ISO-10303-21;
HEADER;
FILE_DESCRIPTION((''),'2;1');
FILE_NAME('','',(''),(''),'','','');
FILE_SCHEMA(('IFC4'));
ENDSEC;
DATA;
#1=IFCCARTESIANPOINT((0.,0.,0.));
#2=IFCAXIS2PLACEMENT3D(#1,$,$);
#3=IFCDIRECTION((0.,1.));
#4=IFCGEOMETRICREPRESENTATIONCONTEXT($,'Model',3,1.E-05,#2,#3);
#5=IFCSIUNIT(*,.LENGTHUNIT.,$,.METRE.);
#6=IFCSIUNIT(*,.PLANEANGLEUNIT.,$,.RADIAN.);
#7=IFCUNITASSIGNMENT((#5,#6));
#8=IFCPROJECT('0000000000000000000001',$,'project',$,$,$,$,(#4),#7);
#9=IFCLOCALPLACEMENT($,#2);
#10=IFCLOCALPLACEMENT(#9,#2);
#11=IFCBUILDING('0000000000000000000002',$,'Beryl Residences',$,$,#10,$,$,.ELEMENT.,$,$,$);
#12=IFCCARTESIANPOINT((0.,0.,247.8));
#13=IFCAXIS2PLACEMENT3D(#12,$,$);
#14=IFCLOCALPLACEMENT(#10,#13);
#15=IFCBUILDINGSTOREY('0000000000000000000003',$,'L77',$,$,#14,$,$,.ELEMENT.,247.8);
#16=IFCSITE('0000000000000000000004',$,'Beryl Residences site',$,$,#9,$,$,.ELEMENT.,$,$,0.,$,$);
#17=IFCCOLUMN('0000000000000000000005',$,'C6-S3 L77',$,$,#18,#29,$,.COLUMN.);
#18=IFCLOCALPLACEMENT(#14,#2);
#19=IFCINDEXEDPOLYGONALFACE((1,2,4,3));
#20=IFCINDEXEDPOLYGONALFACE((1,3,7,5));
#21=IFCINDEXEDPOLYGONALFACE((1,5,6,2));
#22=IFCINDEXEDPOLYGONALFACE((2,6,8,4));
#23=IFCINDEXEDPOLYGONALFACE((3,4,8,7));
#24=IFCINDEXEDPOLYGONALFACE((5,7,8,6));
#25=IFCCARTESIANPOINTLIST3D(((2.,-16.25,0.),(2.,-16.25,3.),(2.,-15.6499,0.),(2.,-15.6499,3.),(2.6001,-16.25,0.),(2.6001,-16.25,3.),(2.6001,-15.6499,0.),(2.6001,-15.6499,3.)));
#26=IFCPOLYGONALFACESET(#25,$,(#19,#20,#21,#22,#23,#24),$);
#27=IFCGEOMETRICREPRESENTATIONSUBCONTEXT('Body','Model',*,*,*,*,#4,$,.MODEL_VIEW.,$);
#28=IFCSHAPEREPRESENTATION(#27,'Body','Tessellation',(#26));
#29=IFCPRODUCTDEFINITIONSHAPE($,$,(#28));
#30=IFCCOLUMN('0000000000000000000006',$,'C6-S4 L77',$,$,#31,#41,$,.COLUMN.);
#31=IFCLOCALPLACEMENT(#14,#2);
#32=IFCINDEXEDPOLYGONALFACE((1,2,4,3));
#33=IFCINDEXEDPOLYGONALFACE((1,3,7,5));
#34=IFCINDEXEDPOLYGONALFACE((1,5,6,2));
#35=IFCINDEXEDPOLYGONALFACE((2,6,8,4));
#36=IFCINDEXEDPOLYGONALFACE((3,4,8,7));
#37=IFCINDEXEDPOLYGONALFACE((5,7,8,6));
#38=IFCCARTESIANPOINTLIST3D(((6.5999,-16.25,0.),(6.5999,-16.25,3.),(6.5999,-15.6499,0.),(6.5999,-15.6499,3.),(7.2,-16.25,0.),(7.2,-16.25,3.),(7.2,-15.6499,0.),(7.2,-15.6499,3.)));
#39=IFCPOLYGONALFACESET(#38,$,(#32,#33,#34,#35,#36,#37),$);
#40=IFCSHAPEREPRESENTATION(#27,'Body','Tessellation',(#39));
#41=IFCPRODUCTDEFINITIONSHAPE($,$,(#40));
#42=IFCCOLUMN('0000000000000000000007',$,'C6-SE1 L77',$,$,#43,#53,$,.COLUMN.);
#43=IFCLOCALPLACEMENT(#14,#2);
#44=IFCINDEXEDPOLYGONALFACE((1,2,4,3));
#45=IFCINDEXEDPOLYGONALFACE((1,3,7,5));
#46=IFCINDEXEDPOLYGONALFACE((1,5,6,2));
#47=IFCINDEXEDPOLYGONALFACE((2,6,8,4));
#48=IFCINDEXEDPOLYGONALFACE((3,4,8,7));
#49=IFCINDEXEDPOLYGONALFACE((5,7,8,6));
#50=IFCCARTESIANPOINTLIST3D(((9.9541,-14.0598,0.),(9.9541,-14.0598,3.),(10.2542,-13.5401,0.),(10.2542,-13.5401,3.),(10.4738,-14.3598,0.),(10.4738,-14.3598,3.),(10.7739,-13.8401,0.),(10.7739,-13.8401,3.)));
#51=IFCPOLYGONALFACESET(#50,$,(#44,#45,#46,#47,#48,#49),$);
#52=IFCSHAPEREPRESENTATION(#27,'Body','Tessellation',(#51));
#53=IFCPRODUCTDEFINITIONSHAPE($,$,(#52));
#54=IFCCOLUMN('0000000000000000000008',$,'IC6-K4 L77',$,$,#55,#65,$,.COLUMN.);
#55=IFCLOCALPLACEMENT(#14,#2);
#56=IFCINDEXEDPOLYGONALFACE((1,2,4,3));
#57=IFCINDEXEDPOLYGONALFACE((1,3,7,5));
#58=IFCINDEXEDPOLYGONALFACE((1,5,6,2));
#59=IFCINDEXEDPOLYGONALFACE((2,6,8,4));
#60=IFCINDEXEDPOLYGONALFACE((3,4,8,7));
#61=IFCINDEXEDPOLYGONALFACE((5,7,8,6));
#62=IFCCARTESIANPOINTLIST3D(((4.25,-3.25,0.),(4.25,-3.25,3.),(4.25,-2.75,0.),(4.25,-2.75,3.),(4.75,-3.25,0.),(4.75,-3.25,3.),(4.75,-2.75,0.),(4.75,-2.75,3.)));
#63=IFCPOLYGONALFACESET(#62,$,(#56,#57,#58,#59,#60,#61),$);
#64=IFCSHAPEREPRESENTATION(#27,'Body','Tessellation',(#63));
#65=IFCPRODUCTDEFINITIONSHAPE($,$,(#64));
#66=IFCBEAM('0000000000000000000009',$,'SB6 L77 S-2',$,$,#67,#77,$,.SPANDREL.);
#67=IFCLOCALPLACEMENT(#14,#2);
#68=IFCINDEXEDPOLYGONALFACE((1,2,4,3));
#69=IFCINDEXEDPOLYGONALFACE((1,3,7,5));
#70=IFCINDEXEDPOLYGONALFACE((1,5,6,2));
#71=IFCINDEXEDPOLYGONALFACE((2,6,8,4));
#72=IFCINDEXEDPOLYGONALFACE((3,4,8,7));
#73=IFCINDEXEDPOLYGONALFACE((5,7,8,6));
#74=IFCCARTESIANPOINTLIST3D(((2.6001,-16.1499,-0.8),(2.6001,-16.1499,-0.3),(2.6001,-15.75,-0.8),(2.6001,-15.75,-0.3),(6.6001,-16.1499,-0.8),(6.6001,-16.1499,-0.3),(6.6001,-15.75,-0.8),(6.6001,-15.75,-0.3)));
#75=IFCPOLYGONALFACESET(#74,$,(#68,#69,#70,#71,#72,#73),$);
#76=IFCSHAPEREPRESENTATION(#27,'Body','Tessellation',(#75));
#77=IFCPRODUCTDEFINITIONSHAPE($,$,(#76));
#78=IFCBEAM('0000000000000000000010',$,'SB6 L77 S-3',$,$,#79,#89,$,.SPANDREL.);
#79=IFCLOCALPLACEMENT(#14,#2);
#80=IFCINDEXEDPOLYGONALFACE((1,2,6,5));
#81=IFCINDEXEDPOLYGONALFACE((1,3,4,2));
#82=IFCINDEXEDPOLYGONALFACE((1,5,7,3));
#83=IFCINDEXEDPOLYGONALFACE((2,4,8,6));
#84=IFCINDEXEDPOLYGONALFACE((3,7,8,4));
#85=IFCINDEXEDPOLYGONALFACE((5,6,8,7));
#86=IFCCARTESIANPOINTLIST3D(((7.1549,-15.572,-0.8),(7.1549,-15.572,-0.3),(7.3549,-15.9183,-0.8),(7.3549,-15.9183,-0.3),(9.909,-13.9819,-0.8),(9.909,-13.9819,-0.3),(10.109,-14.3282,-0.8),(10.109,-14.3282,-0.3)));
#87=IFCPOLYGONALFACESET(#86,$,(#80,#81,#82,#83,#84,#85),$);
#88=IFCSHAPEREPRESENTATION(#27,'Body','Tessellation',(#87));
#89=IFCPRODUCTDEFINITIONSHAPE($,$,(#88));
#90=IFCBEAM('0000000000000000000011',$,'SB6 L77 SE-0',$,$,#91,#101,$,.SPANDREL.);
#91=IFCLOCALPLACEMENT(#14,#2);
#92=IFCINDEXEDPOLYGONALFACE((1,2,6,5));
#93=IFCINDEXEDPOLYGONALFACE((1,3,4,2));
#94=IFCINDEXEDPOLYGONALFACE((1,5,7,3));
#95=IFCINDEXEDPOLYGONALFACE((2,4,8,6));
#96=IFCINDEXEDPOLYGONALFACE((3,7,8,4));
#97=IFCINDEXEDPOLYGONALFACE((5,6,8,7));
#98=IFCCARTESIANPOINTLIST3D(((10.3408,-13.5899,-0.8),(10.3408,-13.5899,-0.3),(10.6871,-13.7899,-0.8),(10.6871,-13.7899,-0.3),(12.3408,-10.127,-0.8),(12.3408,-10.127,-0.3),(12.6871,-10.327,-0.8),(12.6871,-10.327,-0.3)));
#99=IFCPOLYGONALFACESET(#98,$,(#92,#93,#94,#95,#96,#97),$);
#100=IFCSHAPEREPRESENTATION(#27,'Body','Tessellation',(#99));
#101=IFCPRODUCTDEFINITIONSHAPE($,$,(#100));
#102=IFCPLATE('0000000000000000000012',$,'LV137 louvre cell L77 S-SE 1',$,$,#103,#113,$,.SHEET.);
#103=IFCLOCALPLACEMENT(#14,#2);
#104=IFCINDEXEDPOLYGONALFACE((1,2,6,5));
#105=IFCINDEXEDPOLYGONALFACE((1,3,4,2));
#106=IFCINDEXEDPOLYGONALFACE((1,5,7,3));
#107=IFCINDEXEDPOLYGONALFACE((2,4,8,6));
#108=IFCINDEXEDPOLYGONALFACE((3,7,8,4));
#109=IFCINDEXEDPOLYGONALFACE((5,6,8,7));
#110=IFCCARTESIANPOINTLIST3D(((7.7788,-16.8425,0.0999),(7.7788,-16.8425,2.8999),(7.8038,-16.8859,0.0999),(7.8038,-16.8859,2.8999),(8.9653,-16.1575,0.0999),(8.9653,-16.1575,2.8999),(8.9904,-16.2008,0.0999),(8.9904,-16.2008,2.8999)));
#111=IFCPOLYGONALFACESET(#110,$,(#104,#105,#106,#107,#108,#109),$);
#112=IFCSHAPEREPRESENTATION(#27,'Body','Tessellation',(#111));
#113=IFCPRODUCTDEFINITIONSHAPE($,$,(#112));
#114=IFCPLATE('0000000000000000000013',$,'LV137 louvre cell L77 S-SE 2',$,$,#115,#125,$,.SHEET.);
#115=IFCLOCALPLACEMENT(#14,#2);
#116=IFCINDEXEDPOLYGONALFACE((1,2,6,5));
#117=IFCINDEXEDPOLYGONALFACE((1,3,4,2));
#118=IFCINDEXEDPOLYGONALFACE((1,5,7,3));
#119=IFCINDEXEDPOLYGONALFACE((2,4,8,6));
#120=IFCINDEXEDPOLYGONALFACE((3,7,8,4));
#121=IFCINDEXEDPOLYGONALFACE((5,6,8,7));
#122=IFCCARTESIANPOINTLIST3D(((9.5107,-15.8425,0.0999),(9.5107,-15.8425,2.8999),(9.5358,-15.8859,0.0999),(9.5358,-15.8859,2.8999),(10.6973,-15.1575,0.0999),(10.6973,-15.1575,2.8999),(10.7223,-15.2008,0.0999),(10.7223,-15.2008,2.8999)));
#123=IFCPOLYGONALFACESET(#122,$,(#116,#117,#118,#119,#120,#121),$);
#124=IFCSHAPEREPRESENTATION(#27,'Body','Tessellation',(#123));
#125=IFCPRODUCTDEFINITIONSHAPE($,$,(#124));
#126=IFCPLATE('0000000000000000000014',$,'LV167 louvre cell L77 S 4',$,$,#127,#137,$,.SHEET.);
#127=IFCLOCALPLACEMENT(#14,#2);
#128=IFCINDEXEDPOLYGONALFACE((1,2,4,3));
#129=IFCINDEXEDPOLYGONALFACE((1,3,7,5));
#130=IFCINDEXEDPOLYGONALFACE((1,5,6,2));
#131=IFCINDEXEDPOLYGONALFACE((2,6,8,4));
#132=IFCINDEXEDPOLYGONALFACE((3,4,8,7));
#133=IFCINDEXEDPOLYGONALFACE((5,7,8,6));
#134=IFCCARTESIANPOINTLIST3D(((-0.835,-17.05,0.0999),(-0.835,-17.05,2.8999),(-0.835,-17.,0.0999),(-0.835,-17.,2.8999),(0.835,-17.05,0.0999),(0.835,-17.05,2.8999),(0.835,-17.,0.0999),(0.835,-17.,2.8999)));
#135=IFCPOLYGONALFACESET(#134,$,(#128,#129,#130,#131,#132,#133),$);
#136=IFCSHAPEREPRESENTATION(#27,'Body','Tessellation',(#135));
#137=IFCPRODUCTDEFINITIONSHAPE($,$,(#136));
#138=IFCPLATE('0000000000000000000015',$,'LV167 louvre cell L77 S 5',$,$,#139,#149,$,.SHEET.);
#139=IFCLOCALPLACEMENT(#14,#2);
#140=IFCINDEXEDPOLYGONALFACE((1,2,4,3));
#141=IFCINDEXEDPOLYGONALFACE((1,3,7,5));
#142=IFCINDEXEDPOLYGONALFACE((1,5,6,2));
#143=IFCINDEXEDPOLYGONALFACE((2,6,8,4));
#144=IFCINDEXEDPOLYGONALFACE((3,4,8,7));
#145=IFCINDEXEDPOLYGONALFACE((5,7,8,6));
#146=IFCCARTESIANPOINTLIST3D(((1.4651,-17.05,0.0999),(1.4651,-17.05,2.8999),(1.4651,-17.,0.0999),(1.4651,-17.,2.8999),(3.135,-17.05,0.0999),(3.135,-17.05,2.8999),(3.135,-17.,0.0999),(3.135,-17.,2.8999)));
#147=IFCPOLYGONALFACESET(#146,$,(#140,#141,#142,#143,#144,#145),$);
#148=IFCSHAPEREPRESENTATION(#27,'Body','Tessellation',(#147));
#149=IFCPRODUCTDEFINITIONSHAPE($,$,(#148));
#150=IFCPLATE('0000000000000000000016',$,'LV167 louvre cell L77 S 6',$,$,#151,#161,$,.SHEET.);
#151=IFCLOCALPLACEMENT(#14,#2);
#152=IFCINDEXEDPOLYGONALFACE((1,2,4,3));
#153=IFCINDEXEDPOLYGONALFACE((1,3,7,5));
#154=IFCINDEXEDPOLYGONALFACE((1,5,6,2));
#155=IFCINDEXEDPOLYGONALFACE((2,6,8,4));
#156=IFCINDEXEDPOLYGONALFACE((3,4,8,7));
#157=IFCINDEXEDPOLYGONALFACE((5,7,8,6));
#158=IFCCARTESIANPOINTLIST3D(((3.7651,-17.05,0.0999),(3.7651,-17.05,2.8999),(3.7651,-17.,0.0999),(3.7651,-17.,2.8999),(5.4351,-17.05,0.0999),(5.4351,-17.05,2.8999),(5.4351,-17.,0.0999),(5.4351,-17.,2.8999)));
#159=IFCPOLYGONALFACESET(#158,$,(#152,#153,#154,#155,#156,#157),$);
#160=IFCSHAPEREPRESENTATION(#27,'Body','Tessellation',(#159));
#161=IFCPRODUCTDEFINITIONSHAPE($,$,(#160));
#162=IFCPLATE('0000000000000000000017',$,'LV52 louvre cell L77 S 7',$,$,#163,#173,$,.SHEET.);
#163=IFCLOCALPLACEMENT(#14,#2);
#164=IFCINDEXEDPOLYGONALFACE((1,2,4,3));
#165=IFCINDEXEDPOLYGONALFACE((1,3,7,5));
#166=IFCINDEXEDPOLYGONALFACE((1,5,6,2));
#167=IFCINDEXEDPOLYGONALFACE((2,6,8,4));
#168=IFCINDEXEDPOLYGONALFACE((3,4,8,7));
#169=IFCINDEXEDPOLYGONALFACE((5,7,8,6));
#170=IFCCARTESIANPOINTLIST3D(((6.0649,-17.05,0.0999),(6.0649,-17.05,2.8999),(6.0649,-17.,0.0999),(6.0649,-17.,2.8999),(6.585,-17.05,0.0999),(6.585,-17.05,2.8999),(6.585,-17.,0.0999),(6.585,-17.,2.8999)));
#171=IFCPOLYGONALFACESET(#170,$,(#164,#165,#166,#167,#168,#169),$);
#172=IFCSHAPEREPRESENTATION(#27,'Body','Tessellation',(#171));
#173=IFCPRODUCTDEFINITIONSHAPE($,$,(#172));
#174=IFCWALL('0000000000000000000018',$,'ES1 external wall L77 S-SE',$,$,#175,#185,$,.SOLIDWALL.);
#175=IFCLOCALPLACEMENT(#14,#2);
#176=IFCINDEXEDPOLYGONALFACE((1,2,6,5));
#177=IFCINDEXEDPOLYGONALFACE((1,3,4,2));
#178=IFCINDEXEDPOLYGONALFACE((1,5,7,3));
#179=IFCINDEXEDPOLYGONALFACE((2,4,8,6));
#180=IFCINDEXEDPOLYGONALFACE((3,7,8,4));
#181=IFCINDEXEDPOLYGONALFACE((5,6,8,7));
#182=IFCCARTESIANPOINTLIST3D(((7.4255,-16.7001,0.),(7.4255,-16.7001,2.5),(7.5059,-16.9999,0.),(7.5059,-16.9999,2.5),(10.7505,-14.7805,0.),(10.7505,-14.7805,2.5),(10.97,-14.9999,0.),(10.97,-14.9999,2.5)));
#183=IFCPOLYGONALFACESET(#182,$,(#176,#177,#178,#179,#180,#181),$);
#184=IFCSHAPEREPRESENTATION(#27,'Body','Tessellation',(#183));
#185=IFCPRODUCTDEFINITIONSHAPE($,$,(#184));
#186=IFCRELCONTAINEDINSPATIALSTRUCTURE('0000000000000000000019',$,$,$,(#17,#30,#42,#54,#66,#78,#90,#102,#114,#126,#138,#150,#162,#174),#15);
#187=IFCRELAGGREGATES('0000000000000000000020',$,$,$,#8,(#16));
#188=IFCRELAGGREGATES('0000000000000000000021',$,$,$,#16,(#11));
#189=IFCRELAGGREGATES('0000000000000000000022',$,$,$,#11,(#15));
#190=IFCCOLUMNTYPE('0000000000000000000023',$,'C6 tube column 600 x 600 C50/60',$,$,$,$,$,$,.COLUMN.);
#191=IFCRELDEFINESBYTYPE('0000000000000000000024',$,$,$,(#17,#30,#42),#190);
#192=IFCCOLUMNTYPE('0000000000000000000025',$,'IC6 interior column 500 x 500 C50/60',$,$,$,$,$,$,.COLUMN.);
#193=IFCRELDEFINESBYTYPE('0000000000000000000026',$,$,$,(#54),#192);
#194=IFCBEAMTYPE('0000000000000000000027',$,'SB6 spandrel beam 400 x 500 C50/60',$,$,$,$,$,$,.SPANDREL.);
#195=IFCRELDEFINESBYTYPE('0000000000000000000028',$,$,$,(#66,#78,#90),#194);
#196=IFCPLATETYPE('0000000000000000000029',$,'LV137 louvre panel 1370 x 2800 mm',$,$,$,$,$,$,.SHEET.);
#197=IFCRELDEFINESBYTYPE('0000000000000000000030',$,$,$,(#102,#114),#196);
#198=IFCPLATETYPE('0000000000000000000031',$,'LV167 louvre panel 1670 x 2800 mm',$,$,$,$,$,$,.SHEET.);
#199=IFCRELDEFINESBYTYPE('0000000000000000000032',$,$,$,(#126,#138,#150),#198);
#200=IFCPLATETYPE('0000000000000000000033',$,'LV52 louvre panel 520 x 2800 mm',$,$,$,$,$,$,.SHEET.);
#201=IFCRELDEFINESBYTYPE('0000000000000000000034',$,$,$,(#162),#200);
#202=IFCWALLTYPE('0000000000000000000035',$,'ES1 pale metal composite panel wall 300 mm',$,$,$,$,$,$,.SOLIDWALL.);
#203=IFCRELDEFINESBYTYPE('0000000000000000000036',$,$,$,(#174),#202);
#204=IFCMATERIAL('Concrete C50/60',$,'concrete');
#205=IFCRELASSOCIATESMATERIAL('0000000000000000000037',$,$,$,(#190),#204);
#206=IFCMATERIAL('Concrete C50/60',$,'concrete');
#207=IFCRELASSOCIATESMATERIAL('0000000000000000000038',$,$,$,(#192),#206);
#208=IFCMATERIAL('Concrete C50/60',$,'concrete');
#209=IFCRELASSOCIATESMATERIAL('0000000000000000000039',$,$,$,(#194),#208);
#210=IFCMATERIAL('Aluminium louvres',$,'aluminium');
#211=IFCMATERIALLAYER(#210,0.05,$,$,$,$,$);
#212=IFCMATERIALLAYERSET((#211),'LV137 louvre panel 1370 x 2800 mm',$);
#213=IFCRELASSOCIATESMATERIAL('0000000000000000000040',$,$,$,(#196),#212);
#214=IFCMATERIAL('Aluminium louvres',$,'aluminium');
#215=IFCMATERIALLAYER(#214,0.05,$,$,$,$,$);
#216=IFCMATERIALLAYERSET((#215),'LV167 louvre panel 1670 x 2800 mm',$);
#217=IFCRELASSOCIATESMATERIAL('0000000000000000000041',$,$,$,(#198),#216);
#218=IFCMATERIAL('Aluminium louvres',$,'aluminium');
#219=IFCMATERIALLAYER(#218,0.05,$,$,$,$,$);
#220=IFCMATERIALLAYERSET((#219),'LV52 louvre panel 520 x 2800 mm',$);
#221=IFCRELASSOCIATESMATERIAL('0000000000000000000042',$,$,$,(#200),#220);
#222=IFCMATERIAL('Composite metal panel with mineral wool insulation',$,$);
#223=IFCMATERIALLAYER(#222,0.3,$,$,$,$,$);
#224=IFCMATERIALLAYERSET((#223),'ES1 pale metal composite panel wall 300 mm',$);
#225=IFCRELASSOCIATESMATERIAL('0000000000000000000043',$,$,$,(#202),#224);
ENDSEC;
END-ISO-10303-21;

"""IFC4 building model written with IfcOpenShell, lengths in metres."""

from ifc_helpers import new_model, si_unit, direction, frame, origin, origin_2d, place, context, subcontext, project, spatial, polyline, rectangle, outline, extrude, source, transform, mapped, material, layer, layer_set, material_profile, profile_set, type_object, type_shapes, element, save


model = new_model("IFC4")

# Units and contexts
model_context = context("Model", 3, precision=1e-05, world=origin(), true_north=direction((0.0, 1.0)))
body_context = subcontext(model_context, "Body", "Model", "MODEL_VIEW")
ifc_project = project(units=[si_unit("LENGTHUNIT", "METRE"), si_unit("PLANEANGLEUNIT", "RADIAN")], contexts=[model_context])

# Site, building, storey
site_placement = place(None, origin())
site = spatial("IfcSite", under=ifc_project, at=site_placement, Name="Beryl Residences site", CompositionType="ELEMENT", RefElevation=0.0)
building_placement = place(site_placement, origin())
building = spatial("IfcBuilding", under=site, at=building_placement, Name="Beryl Residences", CompositionType="ELEMENT")
storey_placement = place(building_placement, frame((0.0, 0.0, 247.8)))
storey = spatial("IfcBuildingStorey", under=building, at=storey_placement, Name="L77", CompositionType="ELEMENT", Elevation=247.8)

# Columns
ifc_material_1 = material(Name="Concrete C50/60", Category="concrete")
ifc_material_profile_1 = material_profile(ifc_material_1, rectangle(XDim=0.6001, YDim=0.6001, at=origin_2d()))
ifc_profile_set_1 = profile_set([ifc_material_profile_1], Name="Concrete C50/60")
column_type_1 = type_object("IfcColumnType", Name="C6 tube column 600 x 600 C50/60", PredefinedType="COLUMN", material=ifc_profile_set_1)
for number, where, z_axis, x_axis, name in (
    (1, (2.3, -15.95, 0.0), (0.0, 0.0, 1.0), (1.0, 0.0, 0.0), "C6-S3 L77"),
    (2, (6.8999, -15.95, 0.0), (0.0, 0.0, 1.0), (1.0, 0.0, 0.0), "C6-S4 L77"),
    (3, (10.364, -13.95, 0.0), (0.0, 0.0, 1.0), (0.5, 0.866025, 0.0), "C6-SE1 L77"),
):
    element("IfcColumn", number, at=place(storey_placement, frame(where, z_axis=z_axis, x_axis=x_axis)), inside=storey, type_object=column_type_1, Name=name, PredefinedType="COLUMN", context=body_context, shape_type="SweptSolid", body=[
        extrude(rectangle(XDim=0.6001, YDim=0.6001, at=origin_2d()), origin(), (0.0, 0.0, 1.0), 3.0),
    ])
ifc_material_2 = material(Name="Concrete C50/60", Category="concrete")
ifc_material_profile_2 = material_profile(ifc_material_2, rectangle(XDim=0.5, YDim=0.5, at=origin_2d()))
ifc_profile_set_2 = profile_set([ifc_material_profile_2], Name="Concrete C50/60")
column_type_2 = type_object("IfcColumnType", Name="IC6 interior column 500 x 500 C50/60", PredefinedType="COLUMN", material=ifc_profile_set_2)
column_placement = place(storey_placement, frame((4.5, -3.0, 0.0), z_axis=(0.0, 0.0, 1.0), x_axis=(1.0, 0.0, 0.0)))
element("IfcColumn", 4, at=column_placement, inside=storey, type_object=column_type_2, Name="IC6-K4 L77", PredefinedType="COLUMN", context=body_context, shape_type="SweptSolid", body=[
    extrude(rectangle(XDim=0.5, YDim=0.5, at=origin_2d()), origin(), (0.0, 0.0, 1.0), 3.0),
])

# Beams
ifc_material_3 = material(Name="Concrete C50/60", Category="concrete")
ifc_material_profile_3 = material_profile(ifc_material_3, rectangle(XDim=0.3999, YDim=0.5, at=origin_2d()))
ifc_profile_set_3 = profile_set([ifc_material_profile_3], Name="Concrete C50/60")
beam_type = type_object("IfcBeamType", Name="SB6 spandrel beam 400 x 500 C50/60", PredefinedType="SPANDREL", material=ifc_profile_set_3)
beam_1_placement = place(storey_placement, frame((2.6001, -15.95, -0.55), z_axis=(1.0, 0.0, 0.0), x_axis=(0.0, 1.0, 0.0)))
element("IfcBeam", 5, at=beam_1_placement, inside=storey, type_object=beam_type, Name="SB6 L77 S-2", PredefinedType="SPANDREL", context=body_context, shape_type="SweptSolid", body=[
    extrude(rectangle(XDim=0.3999, YDim=0.5, at=origin_2d()), origin(), (0.0, 0.0, 1.0), 4.0),
])
beam_2_placement = place(storey_placement, frame((7.2549, -15.7451, -0.55), z_axis=(0.866028, 0.499995, 0.0), x_axis=(-0.499995, 0.866028, 0.0)))
element("IfcBeam", 6, at=beam_2_placement, inside=storey, type_object=beam_type, Name="SB6 L77 S-3", PredefinedType="SPANDREL", context=body_context, shape_type="SweptSolid", body=[
    extrude(rectangle(XDim=0.3999, YDim=0.5, at=origin_2d()), origin(), (0.0, 0.0, 1.0), 3.1802),
])
beam_3_placement = place(storey_placement, frame((10.5139, -13.6899, -0.55), z_axis=(0.500131, 0.86595, 0.0), x_axis=(-0.86595, 0.500131, 0.0)))
element("IfcBeam", 7, at=beam_3_placement, inside=storey, type_object=beam_type, Name="SB6 L77 SE-0", PredefinedType="SPANDREL", context=body_context, shape_type="SweptSolid", body=[
    extrude(rectangle(XDim=0.3999, YDim=0.5, at=origin_2d()), origin(), (0.0, 0.0, 1.0), 3.999),
])

# Plates
ifc_material_4 = material(Name="Aluminium louvres", Category="aluminium")
ifc_layer_1 = layer(ifc_material_4, 0.05)
ifc_layer_set_1 = layer_set([ifc_layer_1], Name="LV137 louvre panel 1370 x 2800 mm")
plate_type_1 = type_object("IfcPlateType", Name="LV137 louvre panel 1370 x 2800 mm", PredefinedType="SHEET", material=ifc_layer_set_1)
shared_shape_1 = source(origin(), body_context, "Body", "SweptSolid", [
    extrude(outline(polyline([(-0.6851, 0.0), (0.6851, 0.0), (0.6851, 0.05), (-0.6851, 0.05), (-0.6851, 0.0)])), origin(), (0.0, 0.0, 1.0), 2.8),
])
type_shapes(plate_type_1, [shared_shape_1])
for number, where, z_axis, x_axis, name in (
    (8, (8.3721, -16.5, 0.0999), (0.0, 0.0, 1.0), (-0.866025, -0.5, 0.0), "LV137 louvre cell L77 S-SE 1"),
    (9, (10.104, -15.5, 0.0999), (0.0, 0.0, 1.0), (-0.866025, -0.5, 0.0), "LV137 louvre cell L77 S-SE 2"),
):
    element("IfcPlate", number, at=place(storey_placement, frame(where, z_axis=z_axis, x_axis=x_axis)), inside=storey, type_object=plate_type_1, Name=name, PredefinedType="SHEET", context=body_context, shape_type="MappedRepresentation", body=[
        mapped(shared_shape_1, transform((0.0, 0.0, 0.0))),
    ])
ifc_material_5 = material(Name="Aluminium louvres", Category="aluminium")
ifc_layer_2 = layer(ifc_material_5, 0.05)
ifc_layer_set_2 = layer_set([ifc_layer_2], Name="LV167 louvre panel 1670 x 2800 mm")
plate_type_2 = type_object("IfcPlateType", Name="LV167 louvre panel 1670 x 2800 mm", PredefinedType="SHEET", material=ifc_layer_set_2)
shared_shape_2 = source(origin(), body_context, "Body", "SweptSolid", [
    extrude(outline(polyline([(-0.835, 0.0), (0.835, 0.0), (0.835, 0.05), (-0.835, 0.05), (-0.835, 0.0)])), origin(), (0.0, 0.0, 1.0), 2.8),
])
type_shapes(plate_type_2, [shared_shape_2])
for number, where, z_axis, x_axis, name in (
    (10, (0.0, -17.0, 0.0999), (0.0, 0.0, 1.0), (-1.0, 0.0, 0.0), "LV167 louvre cell L77 S 4"),
    (11, (2.3, -17.0, 0.0999), (0.0, 0.0, 1.0), (-1.0, 0.0, 0.0), "LV167 louvre cell L77 S 5"),
    (12, (4.6001, -17.0, 0.0999), (0.0, 0.0, 1.0), (-1.0, 0.0, 0.0), "LV167 louvre cell L77 S 6"),
):
    element("IfcPlate", number, at=place(storey_placement, frame(where, z_axis=z_axis, x_axis=x_axis)), inside=storey, type_object=plate_type_2, Name=name, PredefinedType="SHEET", context=body_context, shape_type="MappedRepresentation", body=[
        mapped(shared_shape_2, transform((0.0, 0.0, 0.0))),
    ])
ifc_material_6 = material(Name="Aluminium louvres", Category="aluminium")
ifc_layer_3 = layer(ifc_material_6, 0.05)
ifc_layer_set_3 = layer_set([ifc_layer_3], Name="LV52 louvre panel 520 x 2800 mm")
plate_type_3 = type_object("IfcPlateType", Name="LV52 louvre panel 520 x 2800 mm", PredefinedType="SHEET", material=ifc_layer_set_3)
shared_shape_3 = source(origin(), body_context, "Body", "SweptSolid", [
    extrude(outline(polyline([(-0.26, 0.0), (0.26, 0.0), (0.26, 0.05), (-0.26, 0.05), (-0.26, 0.0)])), origin(), (0.0, 0.0, 1.0), 2.8),
])
type_shapes(plate_type_3, [shared_shape_3])
plate_placement = place(storey_placement, frame((6.325, -17.0, 0.0999), z_axis=(0.0, 0.0, 1.0), x_axis=(-1.0, 0.0, 0.0)))
element("IfcPlate", 13, at=plate_placement, inside=storey, type_object=plate_type_3, Name="LV52 louvre cell L77 S 7", PredefinedType="SHEET", context=body_context, shape_type="MappedRepresentation", body=[
    mapped(shared_shape_3, transform((0.0, 0.0, 0.0))),
])

# Wall
ifc_material_7 = material(Name="Composite metal panel with mineral wool insulation")
ifc_layer_4 = layer(ifc_material_7, 0.3)
ifc_layer_set_4 = layer_set([ifc_layer_4], Name="ES1 pale metal composite panel wall 300 mm")
wall_type = type_object("IfcWallType", Name="ES1 pale metal composite panel wall 300 mm", PredefinedType="SOLIDWALL", material=ifc_layer_set_4)
wall_1_placement = place(storey_placement, frame((7.4309, -16.8701, 0.0), z_axis=(0.0, 0.0, 1.0), x_axis=(0.866026, 0.499999, 0.0)))
element("IfcWall", 14, at=wall_1_placement, inside=storey, type_object=wall_type, Name="ES1 external wall L77 S-SE", PredefinedType="SOLIDWALL", context=body_context, shape_type="SweptSolid", body=[
    extrude(outline(polyline([(0.0, -0.1499), (4.0, -0.1499), (3.9197, 0.1499), (0.0803, 0.1499), (0.0, -0.1499)])), origin(), (0.0, 0.0, 1.0), 2.5),
])

save(model, "model.ifc")
